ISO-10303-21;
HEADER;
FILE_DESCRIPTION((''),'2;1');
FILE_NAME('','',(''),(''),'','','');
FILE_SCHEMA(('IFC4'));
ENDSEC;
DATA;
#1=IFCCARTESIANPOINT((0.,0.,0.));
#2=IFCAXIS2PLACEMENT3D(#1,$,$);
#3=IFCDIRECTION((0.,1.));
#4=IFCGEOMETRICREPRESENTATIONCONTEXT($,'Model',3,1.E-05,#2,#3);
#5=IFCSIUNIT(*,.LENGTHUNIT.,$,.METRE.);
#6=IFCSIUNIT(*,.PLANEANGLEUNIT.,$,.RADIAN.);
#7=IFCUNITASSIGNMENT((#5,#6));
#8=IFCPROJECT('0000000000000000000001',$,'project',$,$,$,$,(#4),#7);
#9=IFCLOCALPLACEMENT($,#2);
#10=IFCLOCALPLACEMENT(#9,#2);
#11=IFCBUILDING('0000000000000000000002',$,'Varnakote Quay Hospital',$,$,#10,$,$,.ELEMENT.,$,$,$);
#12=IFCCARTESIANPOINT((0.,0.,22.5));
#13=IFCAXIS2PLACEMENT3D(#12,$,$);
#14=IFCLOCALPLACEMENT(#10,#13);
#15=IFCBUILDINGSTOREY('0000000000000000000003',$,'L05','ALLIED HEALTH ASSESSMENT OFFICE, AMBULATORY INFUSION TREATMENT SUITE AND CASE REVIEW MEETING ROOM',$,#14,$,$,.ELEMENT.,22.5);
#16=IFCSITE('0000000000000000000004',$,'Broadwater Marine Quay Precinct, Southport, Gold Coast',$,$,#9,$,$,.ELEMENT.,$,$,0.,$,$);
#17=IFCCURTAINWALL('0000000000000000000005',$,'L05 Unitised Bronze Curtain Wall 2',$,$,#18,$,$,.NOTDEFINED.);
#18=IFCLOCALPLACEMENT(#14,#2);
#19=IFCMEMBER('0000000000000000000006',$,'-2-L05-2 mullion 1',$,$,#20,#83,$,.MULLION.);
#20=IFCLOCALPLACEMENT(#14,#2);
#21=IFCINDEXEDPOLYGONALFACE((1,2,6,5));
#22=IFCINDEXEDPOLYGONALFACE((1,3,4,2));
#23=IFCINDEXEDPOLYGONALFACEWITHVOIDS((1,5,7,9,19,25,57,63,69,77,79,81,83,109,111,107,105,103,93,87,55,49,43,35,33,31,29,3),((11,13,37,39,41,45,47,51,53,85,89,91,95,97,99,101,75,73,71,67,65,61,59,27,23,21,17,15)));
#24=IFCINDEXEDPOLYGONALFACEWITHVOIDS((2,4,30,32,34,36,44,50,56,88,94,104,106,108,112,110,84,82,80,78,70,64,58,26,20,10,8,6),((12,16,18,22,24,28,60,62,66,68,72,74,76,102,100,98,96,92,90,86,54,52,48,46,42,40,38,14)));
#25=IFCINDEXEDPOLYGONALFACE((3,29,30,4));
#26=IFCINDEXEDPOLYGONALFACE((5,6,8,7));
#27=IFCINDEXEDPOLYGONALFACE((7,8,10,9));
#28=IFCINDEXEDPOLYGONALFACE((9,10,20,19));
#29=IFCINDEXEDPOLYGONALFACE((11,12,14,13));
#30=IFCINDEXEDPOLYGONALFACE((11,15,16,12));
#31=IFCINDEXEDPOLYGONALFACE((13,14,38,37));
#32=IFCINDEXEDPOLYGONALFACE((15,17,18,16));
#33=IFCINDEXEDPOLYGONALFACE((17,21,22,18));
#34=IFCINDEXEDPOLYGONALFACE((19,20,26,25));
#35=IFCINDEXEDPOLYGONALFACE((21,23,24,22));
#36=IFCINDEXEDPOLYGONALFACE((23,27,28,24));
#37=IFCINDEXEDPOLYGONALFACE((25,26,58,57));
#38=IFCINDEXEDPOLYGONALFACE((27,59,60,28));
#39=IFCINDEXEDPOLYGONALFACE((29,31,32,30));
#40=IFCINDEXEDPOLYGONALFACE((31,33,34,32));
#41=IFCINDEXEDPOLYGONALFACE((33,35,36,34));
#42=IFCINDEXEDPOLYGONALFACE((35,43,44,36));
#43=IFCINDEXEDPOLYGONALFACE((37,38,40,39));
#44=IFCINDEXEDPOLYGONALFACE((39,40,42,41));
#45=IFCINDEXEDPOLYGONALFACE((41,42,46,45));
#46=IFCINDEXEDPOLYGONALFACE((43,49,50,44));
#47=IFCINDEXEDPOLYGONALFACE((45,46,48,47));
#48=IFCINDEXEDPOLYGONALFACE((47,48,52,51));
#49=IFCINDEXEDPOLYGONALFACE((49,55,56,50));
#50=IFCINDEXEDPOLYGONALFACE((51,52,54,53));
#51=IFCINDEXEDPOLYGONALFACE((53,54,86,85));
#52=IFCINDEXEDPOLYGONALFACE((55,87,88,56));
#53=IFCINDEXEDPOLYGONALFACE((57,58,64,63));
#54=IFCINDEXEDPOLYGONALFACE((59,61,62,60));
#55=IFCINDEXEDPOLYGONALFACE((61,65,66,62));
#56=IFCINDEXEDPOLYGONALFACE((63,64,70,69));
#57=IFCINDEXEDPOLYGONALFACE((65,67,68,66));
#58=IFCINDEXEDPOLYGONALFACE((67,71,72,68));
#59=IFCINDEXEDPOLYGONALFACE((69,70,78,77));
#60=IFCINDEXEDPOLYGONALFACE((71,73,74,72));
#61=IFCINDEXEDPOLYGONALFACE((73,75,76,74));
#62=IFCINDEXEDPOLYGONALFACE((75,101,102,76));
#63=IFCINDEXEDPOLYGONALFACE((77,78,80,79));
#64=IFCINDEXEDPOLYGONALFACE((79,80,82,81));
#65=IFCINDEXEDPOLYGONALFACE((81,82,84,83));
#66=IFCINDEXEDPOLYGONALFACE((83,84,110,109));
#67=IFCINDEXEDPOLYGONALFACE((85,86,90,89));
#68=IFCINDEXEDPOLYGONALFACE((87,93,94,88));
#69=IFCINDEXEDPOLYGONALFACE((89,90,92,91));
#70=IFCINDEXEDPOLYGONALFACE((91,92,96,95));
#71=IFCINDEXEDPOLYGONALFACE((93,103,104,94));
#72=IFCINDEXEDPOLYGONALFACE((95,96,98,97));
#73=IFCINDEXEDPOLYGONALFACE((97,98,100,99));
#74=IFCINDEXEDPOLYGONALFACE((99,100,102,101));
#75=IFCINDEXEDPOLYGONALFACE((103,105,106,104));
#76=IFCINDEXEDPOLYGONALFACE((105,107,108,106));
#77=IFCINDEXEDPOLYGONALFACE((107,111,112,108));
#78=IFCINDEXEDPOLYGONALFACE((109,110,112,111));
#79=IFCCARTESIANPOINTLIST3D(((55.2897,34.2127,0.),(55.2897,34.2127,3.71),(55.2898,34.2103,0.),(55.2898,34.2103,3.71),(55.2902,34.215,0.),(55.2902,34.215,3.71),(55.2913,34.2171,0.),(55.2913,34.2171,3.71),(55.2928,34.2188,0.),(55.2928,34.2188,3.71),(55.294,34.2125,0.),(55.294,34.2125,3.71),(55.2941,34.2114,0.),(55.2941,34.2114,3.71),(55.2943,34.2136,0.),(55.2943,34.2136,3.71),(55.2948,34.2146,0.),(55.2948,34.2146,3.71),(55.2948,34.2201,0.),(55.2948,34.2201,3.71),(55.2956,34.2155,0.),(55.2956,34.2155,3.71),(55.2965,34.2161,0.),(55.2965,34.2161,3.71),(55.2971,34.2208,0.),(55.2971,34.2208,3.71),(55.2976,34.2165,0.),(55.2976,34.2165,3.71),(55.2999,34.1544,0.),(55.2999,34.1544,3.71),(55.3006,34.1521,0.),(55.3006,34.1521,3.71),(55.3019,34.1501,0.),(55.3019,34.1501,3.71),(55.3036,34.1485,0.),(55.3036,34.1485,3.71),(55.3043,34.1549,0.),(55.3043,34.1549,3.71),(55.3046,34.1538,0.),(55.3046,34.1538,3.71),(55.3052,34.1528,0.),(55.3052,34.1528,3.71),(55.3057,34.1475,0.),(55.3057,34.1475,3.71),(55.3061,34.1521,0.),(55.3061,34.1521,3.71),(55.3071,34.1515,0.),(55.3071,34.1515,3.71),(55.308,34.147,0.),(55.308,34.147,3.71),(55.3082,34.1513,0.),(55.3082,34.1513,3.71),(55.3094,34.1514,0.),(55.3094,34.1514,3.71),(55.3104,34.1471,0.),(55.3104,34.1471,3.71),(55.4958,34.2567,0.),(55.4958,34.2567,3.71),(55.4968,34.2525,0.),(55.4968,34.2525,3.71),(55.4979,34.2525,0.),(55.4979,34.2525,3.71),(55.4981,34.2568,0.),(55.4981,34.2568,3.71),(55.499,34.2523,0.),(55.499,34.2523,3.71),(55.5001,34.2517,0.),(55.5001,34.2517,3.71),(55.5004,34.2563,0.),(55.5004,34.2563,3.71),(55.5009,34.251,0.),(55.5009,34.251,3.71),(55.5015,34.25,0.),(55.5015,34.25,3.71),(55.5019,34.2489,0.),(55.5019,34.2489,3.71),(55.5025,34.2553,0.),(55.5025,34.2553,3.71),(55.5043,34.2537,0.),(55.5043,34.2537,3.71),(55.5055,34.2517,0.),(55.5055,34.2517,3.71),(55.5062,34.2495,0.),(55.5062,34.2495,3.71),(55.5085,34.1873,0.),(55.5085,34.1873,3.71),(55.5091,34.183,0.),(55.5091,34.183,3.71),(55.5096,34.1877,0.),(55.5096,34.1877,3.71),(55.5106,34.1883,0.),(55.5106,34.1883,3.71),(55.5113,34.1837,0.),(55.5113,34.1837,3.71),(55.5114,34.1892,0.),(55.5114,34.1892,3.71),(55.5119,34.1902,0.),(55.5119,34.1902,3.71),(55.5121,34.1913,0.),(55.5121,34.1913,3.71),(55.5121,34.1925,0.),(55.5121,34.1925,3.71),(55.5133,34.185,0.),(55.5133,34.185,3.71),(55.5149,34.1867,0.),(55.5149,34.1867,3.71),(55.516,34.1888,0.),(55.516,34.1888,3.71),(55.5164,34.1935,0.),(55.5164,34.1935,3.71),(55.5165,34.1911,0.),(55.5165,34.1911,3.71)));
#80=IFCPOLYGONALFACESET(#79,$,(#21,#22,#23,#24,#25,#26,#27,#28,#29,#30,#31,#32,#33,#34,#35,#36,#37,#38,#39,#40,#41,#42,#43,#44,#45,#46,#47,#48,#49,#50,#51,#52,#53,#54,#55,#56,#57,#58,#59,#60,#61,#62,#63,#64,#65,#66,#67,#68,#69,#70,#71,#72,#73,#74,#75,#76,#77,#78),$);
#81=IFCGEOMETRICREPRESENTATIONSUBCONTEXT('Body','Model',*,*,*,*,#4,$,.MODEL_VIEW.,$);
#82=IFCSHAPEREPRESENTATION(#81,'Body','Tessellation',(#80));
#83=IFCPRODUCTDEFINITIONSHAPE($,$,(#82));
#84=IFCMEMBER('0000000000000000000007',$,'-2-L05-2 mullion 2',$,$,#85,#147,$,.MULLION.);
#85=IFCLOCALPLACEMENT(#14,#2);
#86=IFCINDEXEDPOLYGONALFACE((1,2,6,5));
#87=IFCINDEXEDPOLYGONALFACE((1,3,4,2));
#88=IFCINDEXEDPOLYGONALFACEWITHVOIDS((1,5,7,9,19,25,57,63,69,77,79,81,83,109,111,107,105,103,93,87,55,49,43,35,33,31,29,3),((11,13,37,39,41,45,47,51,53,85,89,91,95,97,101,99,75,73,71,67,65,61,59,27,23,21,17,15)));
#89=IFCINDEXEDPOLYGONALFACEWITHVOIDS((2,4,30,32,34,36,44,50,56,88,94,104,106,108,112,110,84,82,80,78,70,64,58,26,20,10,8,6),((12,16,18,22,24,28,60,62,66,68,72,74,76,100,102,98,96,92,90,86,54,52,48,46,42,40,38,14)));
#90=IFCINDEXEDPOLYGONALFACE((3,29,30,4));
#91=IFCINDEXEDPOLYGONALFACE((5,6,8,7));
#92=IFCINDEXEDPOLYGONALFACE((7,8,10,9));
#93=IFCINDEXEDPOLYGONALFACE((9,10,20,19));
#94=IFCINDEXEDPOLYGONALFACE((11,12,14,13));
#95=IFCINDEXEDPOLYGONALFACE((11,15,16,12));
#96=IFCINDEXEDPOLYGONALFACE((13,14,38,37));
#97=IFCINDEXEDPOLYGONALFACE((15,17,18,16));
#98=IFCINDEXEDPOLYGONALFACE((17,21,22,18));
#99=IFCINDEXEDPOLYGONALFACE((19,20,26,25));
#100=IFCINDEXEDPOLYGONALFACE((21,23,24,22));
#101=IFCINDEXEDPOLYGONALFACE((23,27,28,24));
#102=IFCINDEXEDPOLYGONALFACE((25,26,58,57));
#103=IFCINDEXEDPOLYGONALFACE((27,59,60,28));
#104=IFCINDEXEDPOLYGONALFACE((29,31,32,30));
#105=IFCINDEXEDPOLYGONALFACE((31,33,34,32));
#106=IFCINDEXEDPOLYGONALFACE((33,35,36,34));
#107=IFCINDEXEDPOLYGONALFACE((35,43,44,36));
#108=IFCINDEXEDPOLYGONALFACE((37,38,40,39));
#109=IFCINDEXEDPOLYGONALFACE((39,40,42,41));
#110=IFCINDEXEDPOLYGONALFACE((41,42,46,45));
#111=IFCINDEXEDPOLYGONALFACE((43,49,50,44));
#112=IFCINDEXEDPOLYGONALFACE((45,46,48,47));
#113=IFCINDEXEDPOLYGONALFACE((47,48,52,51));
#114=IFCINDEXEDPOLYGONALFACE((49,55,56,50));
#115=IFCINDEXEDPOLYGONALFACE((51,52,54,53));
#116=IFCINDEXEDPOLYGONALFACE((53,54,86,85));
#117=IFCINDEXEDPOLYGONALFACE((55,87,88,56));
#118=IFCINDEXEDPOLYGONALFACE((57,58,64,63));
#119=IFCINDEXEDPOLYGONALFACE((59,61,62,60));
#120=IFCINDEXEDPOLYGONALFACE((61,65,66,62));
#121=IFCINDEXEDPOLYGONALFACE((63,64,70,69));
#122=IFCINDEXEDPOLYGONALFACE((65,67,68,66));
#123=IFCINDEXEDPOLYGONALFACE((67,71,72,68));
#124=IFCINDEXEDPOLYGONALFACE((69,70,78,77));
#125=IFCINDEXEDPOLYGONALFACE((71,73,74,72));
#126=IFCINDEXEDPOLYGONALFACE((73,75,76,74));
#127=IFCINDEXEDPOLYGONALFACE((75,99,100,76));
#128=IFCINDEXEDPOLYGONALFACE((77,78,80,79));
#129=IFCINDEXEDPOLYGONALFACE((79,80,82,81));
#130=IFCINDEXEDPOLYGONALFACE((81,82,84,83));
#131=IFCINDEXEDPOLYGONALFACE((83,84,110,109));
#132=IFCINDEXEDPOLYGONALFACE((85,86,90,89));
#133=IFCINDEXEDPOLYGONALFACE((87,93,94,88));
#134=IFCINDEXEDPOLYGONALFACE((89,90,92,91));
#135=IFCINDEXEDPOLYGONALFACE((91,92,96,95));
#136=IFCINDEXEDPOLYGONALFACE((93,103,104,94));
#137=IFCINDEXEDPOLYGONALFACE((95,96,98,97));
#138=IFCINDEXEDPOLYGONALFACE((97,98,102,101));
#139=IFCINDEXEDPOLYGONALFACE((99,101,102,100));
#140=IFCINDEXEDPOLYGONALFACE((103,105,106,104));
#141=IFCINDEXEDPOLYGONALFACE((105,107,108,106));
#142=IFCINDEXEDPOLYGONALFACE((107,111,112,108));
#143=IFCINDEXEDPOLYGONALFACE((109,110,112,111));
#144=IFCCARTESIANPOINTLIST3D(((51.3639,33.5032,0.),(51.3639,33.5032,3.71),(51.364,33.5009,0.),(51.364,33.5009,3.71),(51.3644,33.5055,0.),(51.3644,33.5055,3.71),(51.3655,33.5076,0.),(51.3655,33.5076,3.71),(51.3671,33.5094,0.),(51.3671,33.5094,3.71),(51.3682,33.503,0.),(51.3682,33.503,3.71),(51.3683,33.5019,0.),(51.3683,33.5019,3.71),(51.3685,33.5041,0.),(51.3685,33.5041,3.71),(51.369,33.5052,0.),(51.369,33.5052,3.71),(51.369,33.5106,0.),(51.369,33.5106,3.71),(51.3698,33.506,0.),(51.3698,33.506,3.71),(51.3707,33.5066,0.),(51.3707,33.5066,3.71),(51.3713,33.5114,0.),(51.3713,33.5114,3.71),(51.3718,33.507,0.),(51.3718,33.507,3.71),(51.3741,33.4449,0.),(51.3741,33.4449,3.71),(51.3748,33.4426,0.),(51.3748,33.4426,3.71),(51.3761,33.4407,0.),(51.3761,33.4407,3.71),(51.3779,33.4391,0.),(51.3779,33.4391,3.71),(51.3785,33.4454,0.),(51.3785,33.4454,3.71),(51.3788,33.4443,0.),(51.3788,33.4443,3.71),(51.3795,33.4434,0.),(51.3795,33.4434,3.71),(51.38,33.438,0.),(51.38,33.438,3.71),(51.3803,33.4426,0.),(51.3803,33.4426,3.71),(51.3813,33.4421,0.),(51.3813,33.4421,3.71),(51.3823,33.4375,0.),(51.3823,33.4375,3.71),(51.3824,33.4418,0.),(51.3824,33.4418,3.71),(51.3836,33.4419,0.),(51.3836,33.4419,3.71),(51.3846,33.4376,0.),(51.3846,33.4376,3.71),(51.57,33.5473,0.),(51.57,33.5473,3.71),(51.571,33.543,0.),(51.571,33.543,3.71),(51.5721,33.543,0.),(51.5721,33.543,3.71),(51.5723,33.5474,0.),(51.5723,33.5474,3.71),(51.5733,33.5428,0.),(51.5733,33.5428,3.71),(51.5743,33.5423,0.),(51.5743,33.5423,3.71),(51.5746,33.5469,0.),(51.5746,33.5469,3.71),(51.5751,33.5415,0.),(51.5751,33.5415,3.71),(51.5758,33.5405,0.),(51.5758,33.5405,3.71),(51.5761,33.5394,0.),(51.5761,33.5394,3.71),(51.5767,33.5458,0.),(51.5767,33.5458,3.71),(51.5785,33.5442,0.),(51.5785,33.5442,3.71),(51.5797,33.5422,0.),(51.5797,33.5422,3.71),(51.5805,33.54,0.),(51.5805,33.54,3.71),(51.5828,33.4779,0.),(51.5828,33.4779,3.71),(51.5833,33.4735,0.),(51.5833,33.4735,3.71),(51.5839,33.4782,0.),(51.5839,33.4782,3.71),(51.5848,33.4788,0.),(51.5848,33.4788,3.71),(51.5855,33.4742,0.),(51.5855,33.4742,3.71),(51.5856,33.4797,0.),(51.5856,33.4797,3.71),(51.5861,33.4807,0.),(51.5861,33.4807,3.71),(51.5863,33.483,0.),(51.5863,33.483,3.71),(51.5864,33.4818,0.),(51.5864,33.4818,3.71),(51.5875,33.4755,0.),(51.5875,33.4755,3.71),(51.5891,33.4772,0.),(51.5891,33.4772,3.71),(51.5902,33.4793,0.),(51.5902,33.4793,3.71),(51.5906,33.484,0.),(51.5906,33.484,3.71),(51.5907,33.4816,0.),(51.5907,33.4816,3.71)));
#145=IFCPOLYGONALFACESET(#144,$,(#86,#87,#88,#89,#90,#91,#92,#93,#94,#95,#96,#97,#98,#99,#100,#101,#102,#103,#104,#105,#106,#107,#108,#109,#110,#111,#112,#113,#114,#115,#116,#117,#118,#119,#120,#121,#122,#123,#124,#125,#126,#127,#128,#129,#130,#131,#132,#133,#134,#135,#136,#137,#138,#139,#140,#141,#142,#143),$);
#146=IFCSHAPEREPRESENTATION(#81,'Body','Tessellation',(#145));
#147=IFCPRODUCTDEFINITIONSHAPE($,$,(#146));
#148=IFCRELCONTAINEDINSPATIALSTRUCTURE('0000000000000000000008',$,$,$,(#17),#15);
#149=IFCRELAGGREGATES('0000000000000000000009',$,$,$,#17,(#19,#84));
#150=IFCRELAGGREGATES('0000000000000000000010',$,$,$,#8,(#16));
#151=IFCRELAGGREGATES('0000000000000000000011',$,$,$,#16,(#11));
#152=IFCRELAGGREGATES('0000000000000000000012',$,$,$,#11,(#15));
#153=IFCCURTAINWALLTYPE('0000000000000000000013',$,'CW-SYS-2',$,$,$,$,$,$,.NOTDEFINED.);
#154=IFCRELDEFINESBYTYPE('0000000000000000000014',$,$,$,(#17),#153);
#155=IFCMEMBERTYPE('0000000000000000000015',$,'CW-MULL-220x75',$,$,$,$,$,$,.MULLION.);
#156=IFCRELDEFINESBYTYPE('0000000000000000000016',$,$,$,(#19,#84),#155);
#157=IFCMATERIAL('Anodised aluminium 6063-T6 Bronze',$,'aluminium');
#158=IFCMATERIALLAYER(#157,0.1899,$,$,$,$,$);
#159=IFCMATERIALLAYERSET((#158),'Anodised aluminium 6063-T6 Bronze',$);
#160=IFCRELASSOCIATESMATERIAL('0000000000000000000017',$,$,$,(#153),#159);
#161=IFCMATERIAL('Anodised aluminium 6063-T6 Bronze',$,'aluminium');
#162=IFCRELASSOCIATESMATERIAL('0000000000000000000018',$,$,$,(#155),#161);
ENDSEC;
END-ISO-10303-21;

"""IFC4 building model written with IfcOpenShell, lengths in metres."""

from ifc_helpers import new_model, si_unit, direction, frame, origin, origin_2d, place, context, subcontext, project, spatial, hollow_rectangle, extrude, material, layer, layer_set, material_profile, profile_set, type_object, element, aggregate, save


model = new_model("IFC4")

# Units and contexts
model_context = context("Model", 3, precision=1e-05, world=origin(), true_north=direction((0.0, 1.0)))
body_context = subcontext(model_context, "Body", "Model", "MODEL_VIEW")
ifc_project = project(units=[si_unit("LENGTHUNIT", "METRE"), si_unit("PLANEANGLEUNIT", "RADIAN")], contexts=[model_context])

# Site, building, storey
site_placement = place(None, origin())
site = spatial("IfcSite", under=ifc_project, at=site_placement, Name="Broadwater Marine Quay Precinct, Southport, Gold Coast", CompositionType="ELEMENT", RefElevation=0.0)
building_placement = place(site_placement, origin())
building = spatial("IfcBuilding", under=site, at=building_placement, Name="Varnakote Quay Hospital", CompositionType="ELEMENT")
storey_placement = place(building_placement, frame((0.0, 0.0, 22.5)))
storey = spatial("IfcBuildingStorey", under=building, at=storey_placement, Name="L05", Description="ALLIED HEALTH ASSESSMENT OFFICE, AMBULATORY INFUSION TREATMENT SUITE AND CASE REVIEW MEETING ROOM", CompositionType="ELEMENT", Elevation=22.5)

# Shared definitions
ifc_material_1 = material(Name="Anodised aluminium 6063-T6 Bronze", Category="aluminium")
ifc_layer_1 = layer(ifc_material_1, 0.1899)
ifc_layer_set_1 = layer_set([ifc_layer_1], Name="Anodised aluminium 6063-T6 Bronze")
curtain_wall_type = type_object("IfcCurtainWallType", Name="CW-SYS-2", PredefinedType="NOTDEFINED", material=ifc_layer_set_1)
ifc_material_2 = material(Name="Anodised aluminium 6063-T6 Bronze", Category="aluminium")
ifc_material_profile_1 = material_profile(ifc_material_2, hollow_rectangle(XDim=0.075, YDim=0.22, WallThickness=0.0044, InnerFilletRadius=0.0044, OuterFilletRadius=0.009, at=origin_2d()), Name="CW-MULL-220x75")
ifc_profile_set_1 = profile_set([ifc_material_profile_1], Name="Anodised aluminium 6063-T6 Bronze")
member_type_1 = type_object("IfcMemberType", Name="CW-MULL-220x75", PredefinedType="MULLION", material=ifc_profile_set_1)

# Curtain wall, members
curtain_wall_1_placement = place(storey_placement, origin())
curtain_wall_1 = element("IfcCurtainWall", 1, at=curtain_wall_1_placement, inside=storey, type_object=curtain_wall_type, Name="L05 Unitised Bronze Curtain Wall 2", PredefinedType="NOTDEFINED")
member_1_placement = place(storey_placement, frame((55.4031, 34.2019, 0.0), z_axis=(0.0, 0.0, 1.0), x_axis=(0.177846, -0.984058, 0.0)))
member_1 = element("IfcMember", 2, at=member_1_placement, type_object=member_type_1, Name="-2-L05-2 mullion 1", PredefinedType="MULLION", context=body_context, shape_type="SweptSolid", body=[
    extrude(hollow_rectangle(XDim=0.075, YDim=0.22, WallThickness=0.0044, InnerFilletRadius=0.0044, OuterFilletRadius=0.009, at=origin_2d()), origin(), (0.0, 0.0, 1.0), 3.71),
])
member_2_placement = place(storey_placement, frame((51.4773, 33.4924, 0.0), z_axis=(0.0, 0.0, 1.0), x_axis=(0.177846, -0.984058, 0.0)))
member_2 = element("IfcMember", 3, at=member_2_placement, type_object=member_type_1, Name="-2-L05-2 mullion 2", PredefinedType="MULLION", context=body_context, shape_type="SweptSolid", body=[
    extrude(hollow_rectangle(XDim=0.075, YDim=0.22, WallThickness=0.0044, InnerFilletRadius=0.0044, OuterFilletRadius=0.009, at=origin_2d()), origin(), (0.0, 0.0, 1.0), 3.71),
])

aggregate(curtain_wall_1, [member_1, member_2])

save(model, "model.ifc")
